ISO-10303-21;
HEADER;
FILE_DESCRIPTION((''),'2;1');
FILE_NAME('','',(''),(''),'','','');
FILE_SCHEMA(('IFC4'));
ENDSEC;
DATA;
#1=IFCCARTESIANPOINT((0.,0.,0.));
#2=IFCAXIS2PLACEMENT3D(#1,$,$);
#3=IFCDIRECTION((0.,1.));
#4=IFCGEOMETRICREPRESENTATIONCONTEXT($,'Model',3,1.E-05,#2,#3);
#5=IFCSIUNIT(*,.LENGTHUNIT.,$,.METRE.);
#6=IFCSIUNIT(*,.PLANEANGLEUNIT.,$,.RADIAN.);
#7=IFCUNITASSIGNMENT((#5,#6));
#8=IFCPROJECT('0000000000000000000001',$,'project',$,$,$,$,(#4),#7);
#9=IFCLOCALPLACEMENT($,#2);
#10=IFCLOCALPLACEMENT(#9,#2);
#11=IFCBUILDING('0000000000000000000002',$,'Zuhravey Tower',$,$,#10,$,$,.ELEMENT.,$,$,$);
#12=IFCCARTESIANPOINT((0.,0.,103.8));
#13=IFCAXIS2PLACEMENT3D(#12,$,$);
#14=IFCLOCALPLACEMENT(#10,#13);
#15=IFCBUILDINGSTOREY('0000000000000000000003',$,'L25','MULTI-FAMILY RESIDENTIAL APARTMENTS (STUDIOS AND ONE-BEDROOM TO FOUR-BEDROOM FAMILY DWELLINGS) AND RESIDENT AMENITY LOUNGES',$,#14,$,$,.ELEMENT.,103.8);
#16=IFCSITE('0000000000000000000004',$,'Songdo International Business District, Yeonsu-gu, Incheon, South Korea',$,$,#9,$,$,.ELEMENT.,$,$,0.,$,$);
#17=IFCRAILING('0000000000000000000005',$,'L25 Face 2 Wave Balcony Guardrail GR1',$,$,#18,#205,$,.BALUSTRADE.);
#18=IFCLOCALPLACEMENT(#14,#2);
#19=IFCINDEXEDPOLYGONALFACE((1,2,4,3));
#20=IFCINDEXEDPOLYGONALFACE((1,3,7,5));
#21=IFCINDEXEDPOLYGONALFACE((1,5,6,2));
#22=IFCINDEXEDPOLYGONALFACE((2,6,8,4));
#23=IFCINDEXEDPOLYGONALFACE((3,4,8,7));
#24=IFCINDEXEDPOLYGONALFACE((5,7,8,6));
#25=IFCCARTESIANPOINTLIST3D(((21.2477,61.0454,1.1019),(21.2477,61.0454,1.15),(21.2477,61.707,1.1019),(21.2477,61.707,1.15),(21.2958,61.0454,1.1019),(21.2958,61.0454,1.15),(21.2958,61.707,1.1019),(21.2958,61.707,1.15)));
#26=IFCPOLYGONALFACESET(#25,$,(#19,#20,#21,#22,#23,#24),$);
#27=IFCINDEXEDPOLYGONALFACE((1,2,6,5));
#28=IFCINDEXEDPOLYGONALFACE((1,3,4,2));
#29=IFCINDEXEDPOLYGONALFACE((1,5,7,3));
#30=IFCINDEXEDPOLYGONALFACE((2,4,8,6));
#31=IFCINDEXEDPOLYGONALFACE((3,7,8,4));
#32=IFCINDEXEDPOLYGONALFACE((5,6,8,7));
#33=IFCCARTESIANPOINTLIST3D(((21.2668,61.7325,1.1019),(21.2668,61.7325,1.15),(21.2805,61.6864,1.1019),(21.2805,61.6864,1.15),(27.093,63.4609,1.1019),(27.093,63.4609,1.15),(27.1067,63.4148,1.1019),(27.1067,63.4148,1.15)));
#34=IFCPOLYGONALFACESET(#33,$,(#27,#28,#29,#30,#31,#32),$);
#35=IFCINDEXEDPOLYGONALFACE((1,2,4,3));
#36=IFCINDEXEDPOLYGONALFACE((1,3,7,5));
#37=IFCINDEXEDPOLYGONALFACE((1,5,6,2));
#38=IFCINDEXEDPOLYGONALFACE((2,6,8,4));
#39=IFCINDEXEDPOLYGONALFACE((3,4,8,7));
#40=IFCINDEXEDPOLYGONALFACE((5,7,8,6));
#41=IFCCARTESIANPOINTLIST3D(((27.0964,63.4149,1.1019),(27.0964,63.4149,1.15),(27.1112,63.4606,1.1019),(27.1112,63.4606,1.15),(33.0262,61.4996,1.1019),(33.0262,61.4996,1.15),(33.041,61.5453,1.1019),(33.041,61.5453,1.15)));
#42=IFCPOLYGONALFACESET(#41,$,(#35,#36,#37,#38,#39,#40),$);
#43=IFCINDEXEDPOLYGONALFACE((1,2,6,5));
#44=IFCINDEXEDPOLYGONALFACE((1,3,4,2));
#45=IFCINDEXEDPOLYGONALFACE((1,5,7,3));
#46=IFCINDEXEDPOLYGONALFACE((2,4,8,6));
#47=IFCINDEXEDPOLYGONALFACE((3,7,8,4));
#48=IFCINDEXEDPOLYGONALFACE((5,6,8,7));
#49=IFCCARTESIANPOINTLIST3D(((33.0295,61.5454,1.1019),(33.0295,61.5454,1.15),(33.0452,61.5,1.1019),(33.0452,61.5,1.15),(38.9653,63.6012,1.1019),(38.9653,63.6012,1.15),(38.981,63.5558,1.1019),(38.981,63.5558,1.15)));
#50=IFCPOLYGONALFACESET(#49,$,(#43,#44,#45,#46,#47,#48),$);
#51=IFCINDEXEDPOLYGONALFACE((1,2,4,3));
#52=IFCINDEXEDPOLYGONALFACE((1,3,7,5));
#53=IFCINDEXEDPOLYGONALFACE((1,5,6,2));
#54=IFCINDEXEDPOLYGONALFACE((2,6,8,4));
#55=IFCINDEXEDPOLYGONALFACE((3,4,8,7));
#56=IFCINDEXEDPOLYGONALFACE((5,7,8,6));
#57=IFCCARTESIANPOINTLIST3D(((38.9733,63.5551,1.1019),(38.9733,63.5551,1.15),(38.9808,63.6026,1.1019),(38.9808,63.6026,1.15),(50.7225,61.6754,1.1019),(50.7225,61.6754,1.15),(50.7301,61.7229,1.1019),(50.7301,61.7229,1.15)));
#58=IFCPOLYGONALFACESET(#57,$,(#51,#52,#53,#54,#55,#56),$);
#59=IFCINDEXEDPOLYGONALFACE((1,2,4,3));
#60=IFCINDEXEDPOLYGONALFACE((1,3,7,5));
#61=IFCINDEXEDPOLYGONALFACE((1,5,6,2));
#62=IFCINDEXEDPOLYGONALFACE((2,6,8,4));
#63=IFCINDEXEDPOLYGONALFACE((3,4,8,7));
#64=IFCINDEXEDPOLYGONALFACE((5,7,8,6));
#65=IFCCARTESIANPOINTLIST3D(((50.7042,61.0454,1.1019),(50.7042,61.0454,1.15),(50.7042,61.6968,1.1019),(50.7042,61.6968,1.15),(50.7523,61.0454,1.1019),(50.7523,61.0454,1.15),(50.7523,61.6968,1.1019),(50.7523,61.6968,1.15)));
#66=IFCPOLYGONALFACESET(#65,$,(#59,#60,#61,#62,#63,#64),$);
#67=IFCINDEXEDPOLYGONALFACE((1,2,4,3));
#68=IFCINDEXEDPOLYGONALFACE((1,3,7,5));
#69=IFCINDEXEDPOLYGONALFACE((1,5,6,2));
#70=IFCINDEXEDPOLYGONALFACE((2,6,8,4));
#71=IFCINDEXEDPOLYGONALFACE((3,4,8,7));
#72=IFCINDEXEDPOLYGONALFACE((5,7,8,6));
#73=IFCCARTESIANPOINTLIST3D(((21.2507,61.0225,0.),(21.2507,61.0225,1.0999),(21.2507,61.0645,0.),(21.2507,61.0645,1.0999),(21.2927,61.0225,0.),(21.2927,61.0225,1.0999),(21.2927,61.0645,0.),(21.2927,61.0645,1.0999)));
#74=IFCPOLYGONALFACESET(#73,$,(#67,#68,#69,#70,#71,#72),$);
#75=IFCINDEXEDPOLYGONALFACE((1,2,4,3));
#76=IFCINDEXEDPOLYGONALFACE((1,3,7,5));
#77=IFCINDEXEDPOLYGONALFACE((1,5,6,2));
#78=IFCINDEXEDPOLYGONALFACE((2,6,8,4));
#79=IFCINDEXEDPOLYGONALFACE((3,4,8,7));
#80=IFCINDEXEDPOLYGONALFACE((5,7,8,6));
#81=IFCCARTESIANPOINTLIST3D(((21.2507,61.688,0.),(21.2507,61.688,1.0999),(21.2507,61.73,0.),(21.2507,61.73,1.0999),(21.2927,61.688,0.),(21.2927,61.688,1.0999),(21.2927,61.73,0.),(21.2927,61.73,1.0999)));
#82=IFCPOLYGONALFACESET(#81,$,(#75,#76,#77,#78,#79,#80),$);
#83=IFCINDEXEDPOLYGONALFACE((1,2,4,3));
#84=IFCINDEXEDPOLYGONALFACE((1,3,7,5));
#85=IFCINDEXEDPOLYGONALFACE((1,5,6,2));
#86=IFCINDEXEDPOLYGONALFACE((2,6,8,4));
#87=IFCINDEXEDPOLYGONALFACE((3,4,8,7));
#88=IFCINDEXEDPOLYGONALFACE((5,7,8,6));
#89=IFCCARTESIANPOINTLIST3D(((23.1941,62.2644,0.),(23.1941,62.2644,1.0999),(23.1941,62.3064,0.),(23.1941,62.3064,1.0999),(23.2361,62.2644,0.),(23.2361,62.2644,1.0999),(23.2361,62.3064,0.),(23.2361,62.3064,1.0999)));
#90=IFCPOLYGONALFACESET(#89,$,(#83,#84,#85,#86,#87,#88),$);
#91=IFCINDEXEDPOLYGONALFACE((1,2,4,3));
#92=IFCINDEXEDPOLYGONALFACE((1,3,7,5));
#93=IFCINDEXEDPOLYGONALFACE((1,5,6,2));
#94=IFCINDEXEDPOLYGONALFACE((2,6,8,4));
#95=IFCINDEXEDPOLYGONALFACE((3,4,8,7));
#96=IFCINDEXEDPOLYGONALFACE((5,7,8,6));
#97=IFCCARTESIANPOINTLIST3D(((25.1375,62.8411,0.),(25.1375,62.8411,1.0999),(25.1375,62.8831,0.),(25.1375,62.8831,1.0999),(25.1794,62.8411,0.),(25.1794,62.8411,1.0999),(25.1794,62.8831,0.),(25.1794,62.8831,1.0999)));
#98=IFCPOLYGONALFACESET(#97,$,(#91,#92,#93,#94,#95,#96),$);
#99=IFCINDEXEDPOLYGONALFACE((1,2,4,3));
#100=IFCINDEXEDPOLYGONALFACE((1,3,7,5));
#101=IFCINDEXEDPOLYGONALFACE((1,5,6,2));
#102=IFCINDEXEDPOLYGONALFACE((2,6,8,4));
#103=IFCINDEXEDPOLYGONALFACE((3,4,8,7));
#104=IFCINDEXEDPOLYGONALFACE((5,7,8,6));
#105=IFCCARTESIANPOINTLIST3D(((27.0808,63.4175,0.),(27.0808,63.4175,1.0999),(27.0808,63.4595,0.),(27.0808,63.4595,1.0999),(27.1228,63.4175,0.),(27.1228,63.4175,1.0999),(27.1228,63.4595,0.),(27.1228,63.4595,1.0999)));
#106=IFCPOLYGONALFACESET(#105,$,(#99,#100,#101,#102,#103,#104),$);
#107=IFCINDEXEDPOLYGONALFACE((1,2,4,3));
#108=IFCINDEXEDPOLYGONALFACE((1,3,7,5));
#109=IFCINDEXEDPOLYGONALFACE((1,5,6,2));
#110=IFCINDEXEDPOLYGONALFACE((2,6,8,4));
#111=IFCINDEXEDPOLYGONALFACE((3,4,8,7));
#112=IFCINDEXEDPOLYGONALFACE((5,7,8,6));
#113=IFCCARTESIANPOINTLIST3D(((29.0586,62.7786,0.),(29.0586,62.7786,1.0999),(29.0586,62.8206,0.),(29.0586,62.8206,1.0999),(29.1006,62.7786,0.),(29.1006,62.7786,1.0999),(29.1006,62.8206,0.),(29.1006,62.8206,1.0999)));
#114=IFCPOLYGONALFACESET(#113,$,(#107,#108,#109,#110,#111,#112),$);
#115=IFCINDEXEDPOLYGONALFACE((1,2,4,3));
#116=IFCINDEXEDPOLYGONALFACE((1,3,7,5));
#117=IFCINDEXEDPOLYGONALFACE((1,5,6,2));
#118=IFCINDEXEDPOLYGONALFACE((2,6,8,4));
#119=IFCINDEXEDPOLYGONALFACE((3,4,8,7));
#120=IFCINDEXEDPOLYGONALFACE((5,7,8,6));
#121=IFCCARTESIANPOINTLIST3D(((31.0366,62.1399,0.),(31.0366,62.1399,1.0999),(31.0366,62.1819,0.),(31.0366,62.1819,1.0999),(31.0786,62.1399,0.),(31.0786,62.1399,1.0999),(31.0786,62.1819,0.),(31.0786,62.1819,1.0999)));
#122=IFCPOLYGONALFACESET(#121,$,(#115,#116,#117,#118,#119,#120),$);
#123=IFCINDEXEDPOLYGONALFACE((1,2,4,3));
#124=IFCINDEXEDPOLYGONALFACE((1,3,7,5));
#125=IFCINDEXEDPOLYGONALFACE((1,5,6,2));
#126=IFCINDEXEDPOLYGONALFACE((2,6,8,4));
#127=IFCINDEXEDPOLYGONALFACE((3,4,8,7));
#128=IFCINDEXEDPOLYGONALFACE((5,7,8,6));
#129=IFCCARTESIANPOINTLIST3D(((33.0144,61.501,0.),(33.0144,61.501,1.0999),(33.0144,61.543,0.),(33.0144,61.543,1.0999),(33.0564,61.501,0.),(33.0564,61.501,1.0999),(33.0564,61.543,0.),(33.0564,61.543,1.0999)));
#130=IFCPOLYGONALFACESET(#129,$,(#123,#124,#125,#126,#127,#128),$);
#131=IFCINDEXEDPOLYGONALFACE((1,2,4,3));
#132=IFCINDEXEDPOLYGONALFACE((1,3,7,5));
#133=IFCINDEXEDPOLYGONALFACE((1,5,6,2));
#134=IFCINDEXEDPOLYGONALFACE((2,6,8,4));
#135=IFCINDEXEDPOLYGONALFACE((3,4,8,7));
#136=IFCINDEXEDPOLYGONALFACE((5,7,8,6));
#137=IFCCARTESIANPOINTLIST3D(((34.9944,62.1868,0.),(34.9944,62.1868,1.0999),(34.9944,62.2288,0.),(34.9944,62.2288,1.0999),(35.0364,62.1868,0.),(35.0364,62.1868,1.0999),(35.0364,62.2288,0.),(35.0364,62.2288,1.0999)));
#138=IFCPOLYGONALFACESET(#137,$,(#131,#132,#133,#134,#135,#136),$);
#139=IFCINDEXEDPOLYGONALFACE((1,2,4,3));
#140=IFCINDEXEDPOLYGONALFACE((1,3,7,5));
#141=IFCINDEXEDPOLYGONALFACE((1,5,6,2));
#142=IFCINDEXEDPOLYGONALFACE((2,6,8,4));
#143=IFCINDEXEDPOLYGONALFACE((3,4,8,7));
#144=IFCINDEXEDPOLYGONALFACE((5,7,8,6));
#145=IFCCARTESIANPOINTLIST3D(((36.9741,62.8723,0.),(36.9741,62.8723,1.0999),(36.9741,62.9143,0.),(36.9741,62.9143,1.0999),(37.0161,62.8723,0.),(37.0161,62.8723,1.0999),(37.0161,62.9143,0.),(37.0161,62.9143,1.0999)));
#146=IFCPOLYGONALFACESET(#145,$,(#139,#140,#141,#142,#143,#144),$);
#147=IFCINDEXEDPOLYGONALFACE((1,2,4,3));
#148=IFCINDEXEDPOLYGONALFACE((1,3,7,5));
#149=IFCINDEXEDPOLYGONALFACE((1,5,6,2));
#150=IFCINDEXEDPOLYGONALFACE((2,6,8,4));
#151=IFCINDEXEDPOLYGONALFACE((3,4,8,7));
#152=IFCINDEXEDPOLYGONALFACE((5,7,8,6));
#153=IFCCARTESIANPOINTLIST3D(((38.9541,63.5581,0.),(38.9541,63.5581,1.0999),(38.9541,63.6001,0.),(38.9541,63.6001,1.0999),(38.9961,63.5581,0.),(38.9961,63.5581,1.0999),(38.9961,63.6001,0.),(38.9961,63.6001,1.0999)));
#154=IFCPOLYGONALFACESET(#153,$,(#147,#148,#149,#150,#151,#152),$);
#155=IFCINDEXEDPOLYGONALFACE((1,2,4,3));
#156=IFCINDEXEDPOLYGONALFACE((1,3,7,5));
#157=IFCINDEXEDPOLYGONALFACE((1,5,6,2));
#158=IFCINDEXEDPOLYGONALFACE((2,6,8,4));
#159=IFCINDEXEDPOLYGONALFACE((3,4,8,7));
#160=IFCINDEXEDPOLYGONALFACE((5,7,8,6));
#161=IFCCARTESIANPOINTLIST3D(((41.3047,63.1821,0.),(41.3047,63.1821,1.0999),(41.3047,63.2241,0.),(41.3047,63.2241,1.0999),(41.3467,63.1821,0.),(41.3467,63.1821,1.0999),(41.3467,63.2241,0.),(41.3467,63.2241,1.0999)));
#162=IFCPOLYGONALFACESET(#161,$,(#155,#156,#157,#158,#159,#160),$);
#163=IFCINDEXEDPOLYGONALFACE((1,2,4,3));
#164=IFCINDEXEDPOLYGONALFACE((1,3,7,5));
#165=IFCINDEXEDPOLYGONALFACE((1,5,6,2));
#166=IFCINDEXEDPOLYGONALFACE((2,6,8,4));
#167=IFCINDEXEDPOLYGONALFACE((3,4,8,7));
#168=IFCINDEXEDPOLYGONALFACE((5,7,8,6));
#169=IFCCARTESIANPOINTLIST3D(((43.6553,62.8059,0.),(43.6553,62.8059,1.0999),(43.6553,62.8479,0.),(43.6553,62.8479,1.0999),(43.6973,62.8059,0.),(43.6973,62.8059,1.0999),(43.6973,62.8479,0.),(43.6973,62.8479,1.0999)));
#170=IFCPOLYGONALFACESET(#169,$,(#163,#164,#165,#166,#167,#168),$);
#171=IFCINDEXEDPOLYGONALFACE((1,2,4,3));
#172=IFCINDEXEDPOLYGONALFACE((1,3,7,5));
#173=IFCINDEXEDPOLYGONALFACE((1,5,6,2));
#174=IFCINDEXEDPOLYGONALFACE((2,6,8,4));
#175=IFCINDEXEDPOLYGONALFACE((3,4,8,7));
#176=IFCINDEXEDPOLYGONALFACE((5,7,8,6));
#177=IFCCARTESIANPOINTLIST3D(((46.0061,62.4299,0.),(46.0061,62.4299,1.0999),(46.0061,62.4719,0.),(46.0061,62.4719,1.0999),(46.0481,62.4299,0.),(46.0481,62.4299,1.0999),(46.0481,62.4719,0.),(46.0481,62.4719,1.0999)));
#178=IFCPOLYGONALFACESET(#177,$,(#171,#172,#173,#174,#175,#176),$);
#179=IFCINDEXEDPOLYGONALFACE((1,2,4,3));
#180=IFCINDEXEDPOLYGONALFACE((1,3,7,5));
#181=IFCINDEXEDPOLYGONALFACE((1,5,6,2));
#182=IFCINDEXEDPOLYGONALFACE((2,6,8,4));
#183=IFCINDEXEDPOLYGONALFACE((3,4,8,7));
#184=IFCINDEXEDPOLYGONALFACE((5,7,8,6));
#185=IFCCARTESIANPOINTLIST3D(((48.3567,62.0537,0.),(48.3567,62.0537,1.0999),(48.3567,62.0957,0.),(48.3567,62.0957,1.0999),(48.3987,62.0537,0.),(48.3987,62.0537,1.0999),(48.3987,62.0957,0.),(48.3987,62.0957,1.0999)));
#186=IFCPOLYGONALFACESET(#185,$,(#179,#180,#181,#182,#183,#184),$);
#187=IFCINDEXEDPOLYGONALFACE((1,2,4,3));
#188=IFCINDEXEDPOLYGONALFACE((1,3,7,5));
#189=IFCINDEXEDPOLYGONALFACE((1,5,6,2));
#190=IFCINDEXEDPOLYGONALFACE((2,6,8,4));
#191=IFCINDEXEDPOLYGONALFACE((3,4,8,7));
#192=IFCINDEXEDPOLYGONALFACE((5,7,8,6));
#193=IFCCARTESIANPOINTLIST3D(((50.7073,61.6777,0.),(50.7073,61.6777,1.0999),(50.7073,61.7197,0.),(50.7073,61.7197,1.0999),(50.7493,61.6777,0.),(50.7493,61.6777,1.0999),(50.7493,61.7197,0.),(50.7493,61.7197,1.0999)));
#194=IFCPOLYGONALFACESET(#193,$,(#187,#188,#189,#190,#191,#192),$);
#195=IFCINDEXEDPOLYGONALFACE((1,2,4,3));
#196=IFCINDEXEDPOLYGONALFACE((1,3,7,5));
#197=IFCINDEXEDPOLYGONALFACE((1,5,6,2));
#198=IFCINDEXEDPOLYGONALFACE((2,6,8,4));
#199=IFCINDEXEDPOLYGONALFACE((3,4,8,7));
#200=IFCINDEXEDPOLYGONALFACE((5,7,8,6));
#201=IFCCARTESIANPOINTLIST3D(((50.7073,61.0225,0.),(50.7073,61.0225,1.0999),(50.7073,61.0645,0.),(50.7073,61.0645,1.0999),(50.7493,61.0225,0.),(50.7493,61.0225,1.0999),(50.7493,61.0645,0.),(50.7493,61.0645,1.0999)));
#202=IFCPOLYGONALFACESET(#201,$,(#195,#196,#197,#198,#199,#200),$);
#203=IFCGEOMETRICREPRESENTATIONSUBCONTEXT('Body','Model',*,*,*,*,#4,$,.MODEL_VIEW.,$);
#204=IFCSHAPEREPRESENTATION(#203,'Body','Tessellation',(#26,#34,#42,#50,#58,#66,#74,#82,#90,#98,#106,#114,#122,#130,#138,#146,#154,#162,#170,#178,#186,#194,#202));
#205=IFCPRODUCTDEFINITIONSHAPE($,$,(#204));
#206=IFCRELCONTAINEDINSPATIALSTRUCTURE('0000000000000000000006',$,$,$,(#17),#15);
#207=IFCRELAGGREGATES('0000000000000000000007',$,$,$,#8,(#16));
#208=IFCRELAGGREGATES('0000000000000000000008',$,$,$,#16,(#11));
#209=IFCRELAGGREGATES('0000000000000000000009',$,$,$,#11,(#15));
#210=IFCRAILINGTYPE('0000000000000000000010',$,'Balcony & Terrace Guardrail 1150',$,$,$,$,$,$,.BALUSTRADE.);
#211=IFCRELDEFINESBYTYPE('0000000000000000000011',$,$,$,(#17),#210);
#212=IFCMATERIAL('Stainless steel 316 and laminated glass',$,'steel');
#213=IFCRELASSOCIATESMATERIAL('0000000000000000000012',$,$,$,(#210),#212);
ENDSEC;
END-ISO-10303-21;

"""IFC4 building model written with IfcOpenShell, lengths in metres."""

from ifc_helpers import new_model, si_unit, direction, frame, origin, origin_2d, place, context, subcontext, project, spatial, rectangle, extrude, material, type_object, element, save


model = new_model("IFC4")

# Units and contexts
model_context = context("Model", 3, precision=1e-05, world=origin(), true_north=direction((0.0, 1.0)))
body_context = subcontext(model_context, "Body", "Model", "MODEL_VIEW")
ifc_project = project(units=[si_unit("LENGTHUNIT", "METRE"), si_unit("PLANEANGLEUNIT", "RADIAN")], contexts=[model_context])

# Site, building, storey
site_placement = place(None, origin())
site = spatial("IfcSite", under=ifc_project, at=site_placement, Name="Songdo International Business District, Yeonsu-gu, Incheon, South Korea", CompositionType="ELEMENT", RefElevation=0.0)
building_placement = place(site_placement, origin())
building = spatial("IfcBuilding", under=site, at=building_placement, Name="Zuhravey Tower", CompositionType="ELEMENT")
storey_placement = place(building_placement, frame((0.0, 0.0, 103.8)))
storey = spatial("IfcBuildingStorey", under=building, at=storey_placement, Name="L25", Description="MULTI-FAMILY RESIDENTIAL APARTMENTS (STUDIOS AND ONE-BEDROOM TO FOUR-BEDROOM FAMILY DWELLINGS) AND RESIDENT AMENITY LOUNGES", CompositionType="ELEMENT", Elevation=103.8)

# Railing
ifc_material_1 = material(Name="Stainless steel 316 and laminated glass", Category="steel")
railing_type = type_object("IfcRailingType", Name="Balcony & Terrace Guardrail 1150", PredefinedType="BALUSTRADE", material=ifc_material_1)
railing_placement = place(storey_placement, frame((21.2717, 61.0435, 0.0)))
element("IfcRailing", 1, at=railing_placement, inside=storey, type_object=railing_type, Name="L25 Face 2 Wave Balcony Guardrail GR1", PredefinedType="BALUSTRADE", context=body_context, shape_type="SweptSolid", body=[
    extrude(rectangle(XDim=0.0481, YDim=0.0481, at=origin_2d()), frame((0.0, 0.002, 1.126), z_axis=(0.0, 1.0, 0.0), x_axis=(-1.0, 0.0, 0.0)), (0.0, 0.0, 1.0), 0.6616),
    extrude(rectangle(XDim=0.0481, YDim=0.0481, at=origin_2d()), frame((0.002, 0.666, 1.126), z_axis=(0.958706, 0.2844, 0.0), x_axis=(-0.2844, 0.958706, 0.0)), (0.0, 0.0, 1.0), 6.0771),
    extrude(rectangle(XDim=0.0481, YDim=0.0481, at=origin_2d()), frame((5.832, 2.3943, 1.126), z_axis=(0.951594, -0.307357, 0.0), x_axis=(0.307357, 0.951594, 0.0)), (0.0, 0.0, 1.0), 6.2314),
    extrude(rectangle(XDim=0.0481, YDim=0.0481, at=origin_2d()), frame((11.7656, 0.4792, 1.126), z_axis=(0.944933, 0.327264, 0.0), x_axis=(-0.327264, 0.944933, 0.0)), (0.0, 0.0, 1.0), 6.2817),
    extrude(rectangle(XDim=0.0481, YDim=0.0481, at=origin_2d()), frame((17.7053, 2.5354, 1.126), z_axis=(0.987442, -0.157979, 0.0), x_axis=(0.157979, 0.987442, 0.0)), (0.0, 0.0, 1.0), 11.8987),
    extrude(rectangle(XDim=0.0481, YDim=0.0481, at=origin_2d()), frame((29.4565, 0.6533, 1.126), z_axis=(0.0, -1.0, 0.0), x_axis=(1.0, 0.0, 0.0)), (0.0, 0.0, 1.0), 0.6514),
    extrude(rectangle(XDim=0.042, YDim=0.042, at=origin_2d()), origin(), (0.0, 0.0, 1.0), 1.0999),
    extrude(rectangle(XDim=0.042, YDim=0.042, at=origin_2d()), frame((0.0, 0.6655, 0.0)), (0.0, 0.0, 1.0), 1.0999),
    extrude(rectangle(XDim=0.042, YDim=0.042, at=origin_2d()), frame((1.9434, 1.2419, 0.0)), (0.0, 0.0, 1.0), 1.0999),
    extrude(rectangle(XDim=0.042, YDim=0.042, at=origin_2d()), frame((3.8867, 1.8186, 0.0)), (0.0, 0.0, 1.0), 1.0999),
    extrude(rectangle(XDim=0.042, YDim=0.042, at=origin_2d()), frame((5.8301, 2.395, 0.0)), (0.0, 0.0, 1.0), 1.0999),
    extrude(rectangle(XDim=0.042, YDim=0.042, at=origin_2d()), frame((7.8079, 1.7561, 0.0)), (0.0, 0.0, 1.0), 1.0999),
    extrude(rectangle(XDim=0.042, YDim=0.042, at=origin_2d()), frame((9.7859, 1.1174, 0.0)), (0.0, 0.0, 1.0), 1.0999),
    extrude(rectangle(XDim=0.042, YDim=0.042, at=origin_2d()), frame((11.7637, 0.4785, 0.0)), (0.0, 0.0, 1.0), 1.0999),
    extrude(rectangle(XDim=0.042, YDim=0.042, at=origin_2d()), frame((13.7437, 1.1643, 0.0)), (0.0, 0.0, 1.0), 1.0999),
    extrude(rectangle(XDim=0.042, YDim=0.042, at=origin_2d()), frame((15.7234, 1.8499, 0.0)), (0.0, 0.0, 1.0), 1.0999),
    extrude(rectangle(XDim=0.042, YDim=0.042, at=origin_2d()), frame((17.7034, 2.5356, 0.0)), (0.0, 0.0, 1.0), 1.0999),
    extrude(rectangle(XDim=0.042, YDim=0.042, at=origin_2d()), frame((20.054, 2.1597, 0.0)), (0.0, 0.0, 1.0), 1.0999),
    extrude(rectangle(XDim=0.042, YDim=0.042, at=origin_2d()), frame((22.4045, 1.7834, 0.0)), (0.0, 0.0, 1.0), 1.0999),
    extrude(rectangle(XDim=0.042, YDim=0.042, at=origin_2d()), frame((24.7554, 1.4075, 0.0)), (0.0, 0.0, 1.0), 1.0999),
    extrude(rectangle(XDim=0.042, YDim=0.042, at=origin_2d()), frame((27.106, 1.0312, 0.0)), (0.0, 0.0, 1.0), 1.0999),
    extrude(rectangle(XDim=0.042, YDim=0.042, at=origin_2d()), frame((29.4565, 0.6553, 0.0)), (0.0, 0.0, 1.0), 1.0999),
    extrude(rectangle(XDim=0.042, YDim=0.042, at=origin_2d()), frame((29.4565, 0.0, 0.0)), (0.0, 0.0, 1.0), 1.0999),
])

save(model, "model.ifc")
